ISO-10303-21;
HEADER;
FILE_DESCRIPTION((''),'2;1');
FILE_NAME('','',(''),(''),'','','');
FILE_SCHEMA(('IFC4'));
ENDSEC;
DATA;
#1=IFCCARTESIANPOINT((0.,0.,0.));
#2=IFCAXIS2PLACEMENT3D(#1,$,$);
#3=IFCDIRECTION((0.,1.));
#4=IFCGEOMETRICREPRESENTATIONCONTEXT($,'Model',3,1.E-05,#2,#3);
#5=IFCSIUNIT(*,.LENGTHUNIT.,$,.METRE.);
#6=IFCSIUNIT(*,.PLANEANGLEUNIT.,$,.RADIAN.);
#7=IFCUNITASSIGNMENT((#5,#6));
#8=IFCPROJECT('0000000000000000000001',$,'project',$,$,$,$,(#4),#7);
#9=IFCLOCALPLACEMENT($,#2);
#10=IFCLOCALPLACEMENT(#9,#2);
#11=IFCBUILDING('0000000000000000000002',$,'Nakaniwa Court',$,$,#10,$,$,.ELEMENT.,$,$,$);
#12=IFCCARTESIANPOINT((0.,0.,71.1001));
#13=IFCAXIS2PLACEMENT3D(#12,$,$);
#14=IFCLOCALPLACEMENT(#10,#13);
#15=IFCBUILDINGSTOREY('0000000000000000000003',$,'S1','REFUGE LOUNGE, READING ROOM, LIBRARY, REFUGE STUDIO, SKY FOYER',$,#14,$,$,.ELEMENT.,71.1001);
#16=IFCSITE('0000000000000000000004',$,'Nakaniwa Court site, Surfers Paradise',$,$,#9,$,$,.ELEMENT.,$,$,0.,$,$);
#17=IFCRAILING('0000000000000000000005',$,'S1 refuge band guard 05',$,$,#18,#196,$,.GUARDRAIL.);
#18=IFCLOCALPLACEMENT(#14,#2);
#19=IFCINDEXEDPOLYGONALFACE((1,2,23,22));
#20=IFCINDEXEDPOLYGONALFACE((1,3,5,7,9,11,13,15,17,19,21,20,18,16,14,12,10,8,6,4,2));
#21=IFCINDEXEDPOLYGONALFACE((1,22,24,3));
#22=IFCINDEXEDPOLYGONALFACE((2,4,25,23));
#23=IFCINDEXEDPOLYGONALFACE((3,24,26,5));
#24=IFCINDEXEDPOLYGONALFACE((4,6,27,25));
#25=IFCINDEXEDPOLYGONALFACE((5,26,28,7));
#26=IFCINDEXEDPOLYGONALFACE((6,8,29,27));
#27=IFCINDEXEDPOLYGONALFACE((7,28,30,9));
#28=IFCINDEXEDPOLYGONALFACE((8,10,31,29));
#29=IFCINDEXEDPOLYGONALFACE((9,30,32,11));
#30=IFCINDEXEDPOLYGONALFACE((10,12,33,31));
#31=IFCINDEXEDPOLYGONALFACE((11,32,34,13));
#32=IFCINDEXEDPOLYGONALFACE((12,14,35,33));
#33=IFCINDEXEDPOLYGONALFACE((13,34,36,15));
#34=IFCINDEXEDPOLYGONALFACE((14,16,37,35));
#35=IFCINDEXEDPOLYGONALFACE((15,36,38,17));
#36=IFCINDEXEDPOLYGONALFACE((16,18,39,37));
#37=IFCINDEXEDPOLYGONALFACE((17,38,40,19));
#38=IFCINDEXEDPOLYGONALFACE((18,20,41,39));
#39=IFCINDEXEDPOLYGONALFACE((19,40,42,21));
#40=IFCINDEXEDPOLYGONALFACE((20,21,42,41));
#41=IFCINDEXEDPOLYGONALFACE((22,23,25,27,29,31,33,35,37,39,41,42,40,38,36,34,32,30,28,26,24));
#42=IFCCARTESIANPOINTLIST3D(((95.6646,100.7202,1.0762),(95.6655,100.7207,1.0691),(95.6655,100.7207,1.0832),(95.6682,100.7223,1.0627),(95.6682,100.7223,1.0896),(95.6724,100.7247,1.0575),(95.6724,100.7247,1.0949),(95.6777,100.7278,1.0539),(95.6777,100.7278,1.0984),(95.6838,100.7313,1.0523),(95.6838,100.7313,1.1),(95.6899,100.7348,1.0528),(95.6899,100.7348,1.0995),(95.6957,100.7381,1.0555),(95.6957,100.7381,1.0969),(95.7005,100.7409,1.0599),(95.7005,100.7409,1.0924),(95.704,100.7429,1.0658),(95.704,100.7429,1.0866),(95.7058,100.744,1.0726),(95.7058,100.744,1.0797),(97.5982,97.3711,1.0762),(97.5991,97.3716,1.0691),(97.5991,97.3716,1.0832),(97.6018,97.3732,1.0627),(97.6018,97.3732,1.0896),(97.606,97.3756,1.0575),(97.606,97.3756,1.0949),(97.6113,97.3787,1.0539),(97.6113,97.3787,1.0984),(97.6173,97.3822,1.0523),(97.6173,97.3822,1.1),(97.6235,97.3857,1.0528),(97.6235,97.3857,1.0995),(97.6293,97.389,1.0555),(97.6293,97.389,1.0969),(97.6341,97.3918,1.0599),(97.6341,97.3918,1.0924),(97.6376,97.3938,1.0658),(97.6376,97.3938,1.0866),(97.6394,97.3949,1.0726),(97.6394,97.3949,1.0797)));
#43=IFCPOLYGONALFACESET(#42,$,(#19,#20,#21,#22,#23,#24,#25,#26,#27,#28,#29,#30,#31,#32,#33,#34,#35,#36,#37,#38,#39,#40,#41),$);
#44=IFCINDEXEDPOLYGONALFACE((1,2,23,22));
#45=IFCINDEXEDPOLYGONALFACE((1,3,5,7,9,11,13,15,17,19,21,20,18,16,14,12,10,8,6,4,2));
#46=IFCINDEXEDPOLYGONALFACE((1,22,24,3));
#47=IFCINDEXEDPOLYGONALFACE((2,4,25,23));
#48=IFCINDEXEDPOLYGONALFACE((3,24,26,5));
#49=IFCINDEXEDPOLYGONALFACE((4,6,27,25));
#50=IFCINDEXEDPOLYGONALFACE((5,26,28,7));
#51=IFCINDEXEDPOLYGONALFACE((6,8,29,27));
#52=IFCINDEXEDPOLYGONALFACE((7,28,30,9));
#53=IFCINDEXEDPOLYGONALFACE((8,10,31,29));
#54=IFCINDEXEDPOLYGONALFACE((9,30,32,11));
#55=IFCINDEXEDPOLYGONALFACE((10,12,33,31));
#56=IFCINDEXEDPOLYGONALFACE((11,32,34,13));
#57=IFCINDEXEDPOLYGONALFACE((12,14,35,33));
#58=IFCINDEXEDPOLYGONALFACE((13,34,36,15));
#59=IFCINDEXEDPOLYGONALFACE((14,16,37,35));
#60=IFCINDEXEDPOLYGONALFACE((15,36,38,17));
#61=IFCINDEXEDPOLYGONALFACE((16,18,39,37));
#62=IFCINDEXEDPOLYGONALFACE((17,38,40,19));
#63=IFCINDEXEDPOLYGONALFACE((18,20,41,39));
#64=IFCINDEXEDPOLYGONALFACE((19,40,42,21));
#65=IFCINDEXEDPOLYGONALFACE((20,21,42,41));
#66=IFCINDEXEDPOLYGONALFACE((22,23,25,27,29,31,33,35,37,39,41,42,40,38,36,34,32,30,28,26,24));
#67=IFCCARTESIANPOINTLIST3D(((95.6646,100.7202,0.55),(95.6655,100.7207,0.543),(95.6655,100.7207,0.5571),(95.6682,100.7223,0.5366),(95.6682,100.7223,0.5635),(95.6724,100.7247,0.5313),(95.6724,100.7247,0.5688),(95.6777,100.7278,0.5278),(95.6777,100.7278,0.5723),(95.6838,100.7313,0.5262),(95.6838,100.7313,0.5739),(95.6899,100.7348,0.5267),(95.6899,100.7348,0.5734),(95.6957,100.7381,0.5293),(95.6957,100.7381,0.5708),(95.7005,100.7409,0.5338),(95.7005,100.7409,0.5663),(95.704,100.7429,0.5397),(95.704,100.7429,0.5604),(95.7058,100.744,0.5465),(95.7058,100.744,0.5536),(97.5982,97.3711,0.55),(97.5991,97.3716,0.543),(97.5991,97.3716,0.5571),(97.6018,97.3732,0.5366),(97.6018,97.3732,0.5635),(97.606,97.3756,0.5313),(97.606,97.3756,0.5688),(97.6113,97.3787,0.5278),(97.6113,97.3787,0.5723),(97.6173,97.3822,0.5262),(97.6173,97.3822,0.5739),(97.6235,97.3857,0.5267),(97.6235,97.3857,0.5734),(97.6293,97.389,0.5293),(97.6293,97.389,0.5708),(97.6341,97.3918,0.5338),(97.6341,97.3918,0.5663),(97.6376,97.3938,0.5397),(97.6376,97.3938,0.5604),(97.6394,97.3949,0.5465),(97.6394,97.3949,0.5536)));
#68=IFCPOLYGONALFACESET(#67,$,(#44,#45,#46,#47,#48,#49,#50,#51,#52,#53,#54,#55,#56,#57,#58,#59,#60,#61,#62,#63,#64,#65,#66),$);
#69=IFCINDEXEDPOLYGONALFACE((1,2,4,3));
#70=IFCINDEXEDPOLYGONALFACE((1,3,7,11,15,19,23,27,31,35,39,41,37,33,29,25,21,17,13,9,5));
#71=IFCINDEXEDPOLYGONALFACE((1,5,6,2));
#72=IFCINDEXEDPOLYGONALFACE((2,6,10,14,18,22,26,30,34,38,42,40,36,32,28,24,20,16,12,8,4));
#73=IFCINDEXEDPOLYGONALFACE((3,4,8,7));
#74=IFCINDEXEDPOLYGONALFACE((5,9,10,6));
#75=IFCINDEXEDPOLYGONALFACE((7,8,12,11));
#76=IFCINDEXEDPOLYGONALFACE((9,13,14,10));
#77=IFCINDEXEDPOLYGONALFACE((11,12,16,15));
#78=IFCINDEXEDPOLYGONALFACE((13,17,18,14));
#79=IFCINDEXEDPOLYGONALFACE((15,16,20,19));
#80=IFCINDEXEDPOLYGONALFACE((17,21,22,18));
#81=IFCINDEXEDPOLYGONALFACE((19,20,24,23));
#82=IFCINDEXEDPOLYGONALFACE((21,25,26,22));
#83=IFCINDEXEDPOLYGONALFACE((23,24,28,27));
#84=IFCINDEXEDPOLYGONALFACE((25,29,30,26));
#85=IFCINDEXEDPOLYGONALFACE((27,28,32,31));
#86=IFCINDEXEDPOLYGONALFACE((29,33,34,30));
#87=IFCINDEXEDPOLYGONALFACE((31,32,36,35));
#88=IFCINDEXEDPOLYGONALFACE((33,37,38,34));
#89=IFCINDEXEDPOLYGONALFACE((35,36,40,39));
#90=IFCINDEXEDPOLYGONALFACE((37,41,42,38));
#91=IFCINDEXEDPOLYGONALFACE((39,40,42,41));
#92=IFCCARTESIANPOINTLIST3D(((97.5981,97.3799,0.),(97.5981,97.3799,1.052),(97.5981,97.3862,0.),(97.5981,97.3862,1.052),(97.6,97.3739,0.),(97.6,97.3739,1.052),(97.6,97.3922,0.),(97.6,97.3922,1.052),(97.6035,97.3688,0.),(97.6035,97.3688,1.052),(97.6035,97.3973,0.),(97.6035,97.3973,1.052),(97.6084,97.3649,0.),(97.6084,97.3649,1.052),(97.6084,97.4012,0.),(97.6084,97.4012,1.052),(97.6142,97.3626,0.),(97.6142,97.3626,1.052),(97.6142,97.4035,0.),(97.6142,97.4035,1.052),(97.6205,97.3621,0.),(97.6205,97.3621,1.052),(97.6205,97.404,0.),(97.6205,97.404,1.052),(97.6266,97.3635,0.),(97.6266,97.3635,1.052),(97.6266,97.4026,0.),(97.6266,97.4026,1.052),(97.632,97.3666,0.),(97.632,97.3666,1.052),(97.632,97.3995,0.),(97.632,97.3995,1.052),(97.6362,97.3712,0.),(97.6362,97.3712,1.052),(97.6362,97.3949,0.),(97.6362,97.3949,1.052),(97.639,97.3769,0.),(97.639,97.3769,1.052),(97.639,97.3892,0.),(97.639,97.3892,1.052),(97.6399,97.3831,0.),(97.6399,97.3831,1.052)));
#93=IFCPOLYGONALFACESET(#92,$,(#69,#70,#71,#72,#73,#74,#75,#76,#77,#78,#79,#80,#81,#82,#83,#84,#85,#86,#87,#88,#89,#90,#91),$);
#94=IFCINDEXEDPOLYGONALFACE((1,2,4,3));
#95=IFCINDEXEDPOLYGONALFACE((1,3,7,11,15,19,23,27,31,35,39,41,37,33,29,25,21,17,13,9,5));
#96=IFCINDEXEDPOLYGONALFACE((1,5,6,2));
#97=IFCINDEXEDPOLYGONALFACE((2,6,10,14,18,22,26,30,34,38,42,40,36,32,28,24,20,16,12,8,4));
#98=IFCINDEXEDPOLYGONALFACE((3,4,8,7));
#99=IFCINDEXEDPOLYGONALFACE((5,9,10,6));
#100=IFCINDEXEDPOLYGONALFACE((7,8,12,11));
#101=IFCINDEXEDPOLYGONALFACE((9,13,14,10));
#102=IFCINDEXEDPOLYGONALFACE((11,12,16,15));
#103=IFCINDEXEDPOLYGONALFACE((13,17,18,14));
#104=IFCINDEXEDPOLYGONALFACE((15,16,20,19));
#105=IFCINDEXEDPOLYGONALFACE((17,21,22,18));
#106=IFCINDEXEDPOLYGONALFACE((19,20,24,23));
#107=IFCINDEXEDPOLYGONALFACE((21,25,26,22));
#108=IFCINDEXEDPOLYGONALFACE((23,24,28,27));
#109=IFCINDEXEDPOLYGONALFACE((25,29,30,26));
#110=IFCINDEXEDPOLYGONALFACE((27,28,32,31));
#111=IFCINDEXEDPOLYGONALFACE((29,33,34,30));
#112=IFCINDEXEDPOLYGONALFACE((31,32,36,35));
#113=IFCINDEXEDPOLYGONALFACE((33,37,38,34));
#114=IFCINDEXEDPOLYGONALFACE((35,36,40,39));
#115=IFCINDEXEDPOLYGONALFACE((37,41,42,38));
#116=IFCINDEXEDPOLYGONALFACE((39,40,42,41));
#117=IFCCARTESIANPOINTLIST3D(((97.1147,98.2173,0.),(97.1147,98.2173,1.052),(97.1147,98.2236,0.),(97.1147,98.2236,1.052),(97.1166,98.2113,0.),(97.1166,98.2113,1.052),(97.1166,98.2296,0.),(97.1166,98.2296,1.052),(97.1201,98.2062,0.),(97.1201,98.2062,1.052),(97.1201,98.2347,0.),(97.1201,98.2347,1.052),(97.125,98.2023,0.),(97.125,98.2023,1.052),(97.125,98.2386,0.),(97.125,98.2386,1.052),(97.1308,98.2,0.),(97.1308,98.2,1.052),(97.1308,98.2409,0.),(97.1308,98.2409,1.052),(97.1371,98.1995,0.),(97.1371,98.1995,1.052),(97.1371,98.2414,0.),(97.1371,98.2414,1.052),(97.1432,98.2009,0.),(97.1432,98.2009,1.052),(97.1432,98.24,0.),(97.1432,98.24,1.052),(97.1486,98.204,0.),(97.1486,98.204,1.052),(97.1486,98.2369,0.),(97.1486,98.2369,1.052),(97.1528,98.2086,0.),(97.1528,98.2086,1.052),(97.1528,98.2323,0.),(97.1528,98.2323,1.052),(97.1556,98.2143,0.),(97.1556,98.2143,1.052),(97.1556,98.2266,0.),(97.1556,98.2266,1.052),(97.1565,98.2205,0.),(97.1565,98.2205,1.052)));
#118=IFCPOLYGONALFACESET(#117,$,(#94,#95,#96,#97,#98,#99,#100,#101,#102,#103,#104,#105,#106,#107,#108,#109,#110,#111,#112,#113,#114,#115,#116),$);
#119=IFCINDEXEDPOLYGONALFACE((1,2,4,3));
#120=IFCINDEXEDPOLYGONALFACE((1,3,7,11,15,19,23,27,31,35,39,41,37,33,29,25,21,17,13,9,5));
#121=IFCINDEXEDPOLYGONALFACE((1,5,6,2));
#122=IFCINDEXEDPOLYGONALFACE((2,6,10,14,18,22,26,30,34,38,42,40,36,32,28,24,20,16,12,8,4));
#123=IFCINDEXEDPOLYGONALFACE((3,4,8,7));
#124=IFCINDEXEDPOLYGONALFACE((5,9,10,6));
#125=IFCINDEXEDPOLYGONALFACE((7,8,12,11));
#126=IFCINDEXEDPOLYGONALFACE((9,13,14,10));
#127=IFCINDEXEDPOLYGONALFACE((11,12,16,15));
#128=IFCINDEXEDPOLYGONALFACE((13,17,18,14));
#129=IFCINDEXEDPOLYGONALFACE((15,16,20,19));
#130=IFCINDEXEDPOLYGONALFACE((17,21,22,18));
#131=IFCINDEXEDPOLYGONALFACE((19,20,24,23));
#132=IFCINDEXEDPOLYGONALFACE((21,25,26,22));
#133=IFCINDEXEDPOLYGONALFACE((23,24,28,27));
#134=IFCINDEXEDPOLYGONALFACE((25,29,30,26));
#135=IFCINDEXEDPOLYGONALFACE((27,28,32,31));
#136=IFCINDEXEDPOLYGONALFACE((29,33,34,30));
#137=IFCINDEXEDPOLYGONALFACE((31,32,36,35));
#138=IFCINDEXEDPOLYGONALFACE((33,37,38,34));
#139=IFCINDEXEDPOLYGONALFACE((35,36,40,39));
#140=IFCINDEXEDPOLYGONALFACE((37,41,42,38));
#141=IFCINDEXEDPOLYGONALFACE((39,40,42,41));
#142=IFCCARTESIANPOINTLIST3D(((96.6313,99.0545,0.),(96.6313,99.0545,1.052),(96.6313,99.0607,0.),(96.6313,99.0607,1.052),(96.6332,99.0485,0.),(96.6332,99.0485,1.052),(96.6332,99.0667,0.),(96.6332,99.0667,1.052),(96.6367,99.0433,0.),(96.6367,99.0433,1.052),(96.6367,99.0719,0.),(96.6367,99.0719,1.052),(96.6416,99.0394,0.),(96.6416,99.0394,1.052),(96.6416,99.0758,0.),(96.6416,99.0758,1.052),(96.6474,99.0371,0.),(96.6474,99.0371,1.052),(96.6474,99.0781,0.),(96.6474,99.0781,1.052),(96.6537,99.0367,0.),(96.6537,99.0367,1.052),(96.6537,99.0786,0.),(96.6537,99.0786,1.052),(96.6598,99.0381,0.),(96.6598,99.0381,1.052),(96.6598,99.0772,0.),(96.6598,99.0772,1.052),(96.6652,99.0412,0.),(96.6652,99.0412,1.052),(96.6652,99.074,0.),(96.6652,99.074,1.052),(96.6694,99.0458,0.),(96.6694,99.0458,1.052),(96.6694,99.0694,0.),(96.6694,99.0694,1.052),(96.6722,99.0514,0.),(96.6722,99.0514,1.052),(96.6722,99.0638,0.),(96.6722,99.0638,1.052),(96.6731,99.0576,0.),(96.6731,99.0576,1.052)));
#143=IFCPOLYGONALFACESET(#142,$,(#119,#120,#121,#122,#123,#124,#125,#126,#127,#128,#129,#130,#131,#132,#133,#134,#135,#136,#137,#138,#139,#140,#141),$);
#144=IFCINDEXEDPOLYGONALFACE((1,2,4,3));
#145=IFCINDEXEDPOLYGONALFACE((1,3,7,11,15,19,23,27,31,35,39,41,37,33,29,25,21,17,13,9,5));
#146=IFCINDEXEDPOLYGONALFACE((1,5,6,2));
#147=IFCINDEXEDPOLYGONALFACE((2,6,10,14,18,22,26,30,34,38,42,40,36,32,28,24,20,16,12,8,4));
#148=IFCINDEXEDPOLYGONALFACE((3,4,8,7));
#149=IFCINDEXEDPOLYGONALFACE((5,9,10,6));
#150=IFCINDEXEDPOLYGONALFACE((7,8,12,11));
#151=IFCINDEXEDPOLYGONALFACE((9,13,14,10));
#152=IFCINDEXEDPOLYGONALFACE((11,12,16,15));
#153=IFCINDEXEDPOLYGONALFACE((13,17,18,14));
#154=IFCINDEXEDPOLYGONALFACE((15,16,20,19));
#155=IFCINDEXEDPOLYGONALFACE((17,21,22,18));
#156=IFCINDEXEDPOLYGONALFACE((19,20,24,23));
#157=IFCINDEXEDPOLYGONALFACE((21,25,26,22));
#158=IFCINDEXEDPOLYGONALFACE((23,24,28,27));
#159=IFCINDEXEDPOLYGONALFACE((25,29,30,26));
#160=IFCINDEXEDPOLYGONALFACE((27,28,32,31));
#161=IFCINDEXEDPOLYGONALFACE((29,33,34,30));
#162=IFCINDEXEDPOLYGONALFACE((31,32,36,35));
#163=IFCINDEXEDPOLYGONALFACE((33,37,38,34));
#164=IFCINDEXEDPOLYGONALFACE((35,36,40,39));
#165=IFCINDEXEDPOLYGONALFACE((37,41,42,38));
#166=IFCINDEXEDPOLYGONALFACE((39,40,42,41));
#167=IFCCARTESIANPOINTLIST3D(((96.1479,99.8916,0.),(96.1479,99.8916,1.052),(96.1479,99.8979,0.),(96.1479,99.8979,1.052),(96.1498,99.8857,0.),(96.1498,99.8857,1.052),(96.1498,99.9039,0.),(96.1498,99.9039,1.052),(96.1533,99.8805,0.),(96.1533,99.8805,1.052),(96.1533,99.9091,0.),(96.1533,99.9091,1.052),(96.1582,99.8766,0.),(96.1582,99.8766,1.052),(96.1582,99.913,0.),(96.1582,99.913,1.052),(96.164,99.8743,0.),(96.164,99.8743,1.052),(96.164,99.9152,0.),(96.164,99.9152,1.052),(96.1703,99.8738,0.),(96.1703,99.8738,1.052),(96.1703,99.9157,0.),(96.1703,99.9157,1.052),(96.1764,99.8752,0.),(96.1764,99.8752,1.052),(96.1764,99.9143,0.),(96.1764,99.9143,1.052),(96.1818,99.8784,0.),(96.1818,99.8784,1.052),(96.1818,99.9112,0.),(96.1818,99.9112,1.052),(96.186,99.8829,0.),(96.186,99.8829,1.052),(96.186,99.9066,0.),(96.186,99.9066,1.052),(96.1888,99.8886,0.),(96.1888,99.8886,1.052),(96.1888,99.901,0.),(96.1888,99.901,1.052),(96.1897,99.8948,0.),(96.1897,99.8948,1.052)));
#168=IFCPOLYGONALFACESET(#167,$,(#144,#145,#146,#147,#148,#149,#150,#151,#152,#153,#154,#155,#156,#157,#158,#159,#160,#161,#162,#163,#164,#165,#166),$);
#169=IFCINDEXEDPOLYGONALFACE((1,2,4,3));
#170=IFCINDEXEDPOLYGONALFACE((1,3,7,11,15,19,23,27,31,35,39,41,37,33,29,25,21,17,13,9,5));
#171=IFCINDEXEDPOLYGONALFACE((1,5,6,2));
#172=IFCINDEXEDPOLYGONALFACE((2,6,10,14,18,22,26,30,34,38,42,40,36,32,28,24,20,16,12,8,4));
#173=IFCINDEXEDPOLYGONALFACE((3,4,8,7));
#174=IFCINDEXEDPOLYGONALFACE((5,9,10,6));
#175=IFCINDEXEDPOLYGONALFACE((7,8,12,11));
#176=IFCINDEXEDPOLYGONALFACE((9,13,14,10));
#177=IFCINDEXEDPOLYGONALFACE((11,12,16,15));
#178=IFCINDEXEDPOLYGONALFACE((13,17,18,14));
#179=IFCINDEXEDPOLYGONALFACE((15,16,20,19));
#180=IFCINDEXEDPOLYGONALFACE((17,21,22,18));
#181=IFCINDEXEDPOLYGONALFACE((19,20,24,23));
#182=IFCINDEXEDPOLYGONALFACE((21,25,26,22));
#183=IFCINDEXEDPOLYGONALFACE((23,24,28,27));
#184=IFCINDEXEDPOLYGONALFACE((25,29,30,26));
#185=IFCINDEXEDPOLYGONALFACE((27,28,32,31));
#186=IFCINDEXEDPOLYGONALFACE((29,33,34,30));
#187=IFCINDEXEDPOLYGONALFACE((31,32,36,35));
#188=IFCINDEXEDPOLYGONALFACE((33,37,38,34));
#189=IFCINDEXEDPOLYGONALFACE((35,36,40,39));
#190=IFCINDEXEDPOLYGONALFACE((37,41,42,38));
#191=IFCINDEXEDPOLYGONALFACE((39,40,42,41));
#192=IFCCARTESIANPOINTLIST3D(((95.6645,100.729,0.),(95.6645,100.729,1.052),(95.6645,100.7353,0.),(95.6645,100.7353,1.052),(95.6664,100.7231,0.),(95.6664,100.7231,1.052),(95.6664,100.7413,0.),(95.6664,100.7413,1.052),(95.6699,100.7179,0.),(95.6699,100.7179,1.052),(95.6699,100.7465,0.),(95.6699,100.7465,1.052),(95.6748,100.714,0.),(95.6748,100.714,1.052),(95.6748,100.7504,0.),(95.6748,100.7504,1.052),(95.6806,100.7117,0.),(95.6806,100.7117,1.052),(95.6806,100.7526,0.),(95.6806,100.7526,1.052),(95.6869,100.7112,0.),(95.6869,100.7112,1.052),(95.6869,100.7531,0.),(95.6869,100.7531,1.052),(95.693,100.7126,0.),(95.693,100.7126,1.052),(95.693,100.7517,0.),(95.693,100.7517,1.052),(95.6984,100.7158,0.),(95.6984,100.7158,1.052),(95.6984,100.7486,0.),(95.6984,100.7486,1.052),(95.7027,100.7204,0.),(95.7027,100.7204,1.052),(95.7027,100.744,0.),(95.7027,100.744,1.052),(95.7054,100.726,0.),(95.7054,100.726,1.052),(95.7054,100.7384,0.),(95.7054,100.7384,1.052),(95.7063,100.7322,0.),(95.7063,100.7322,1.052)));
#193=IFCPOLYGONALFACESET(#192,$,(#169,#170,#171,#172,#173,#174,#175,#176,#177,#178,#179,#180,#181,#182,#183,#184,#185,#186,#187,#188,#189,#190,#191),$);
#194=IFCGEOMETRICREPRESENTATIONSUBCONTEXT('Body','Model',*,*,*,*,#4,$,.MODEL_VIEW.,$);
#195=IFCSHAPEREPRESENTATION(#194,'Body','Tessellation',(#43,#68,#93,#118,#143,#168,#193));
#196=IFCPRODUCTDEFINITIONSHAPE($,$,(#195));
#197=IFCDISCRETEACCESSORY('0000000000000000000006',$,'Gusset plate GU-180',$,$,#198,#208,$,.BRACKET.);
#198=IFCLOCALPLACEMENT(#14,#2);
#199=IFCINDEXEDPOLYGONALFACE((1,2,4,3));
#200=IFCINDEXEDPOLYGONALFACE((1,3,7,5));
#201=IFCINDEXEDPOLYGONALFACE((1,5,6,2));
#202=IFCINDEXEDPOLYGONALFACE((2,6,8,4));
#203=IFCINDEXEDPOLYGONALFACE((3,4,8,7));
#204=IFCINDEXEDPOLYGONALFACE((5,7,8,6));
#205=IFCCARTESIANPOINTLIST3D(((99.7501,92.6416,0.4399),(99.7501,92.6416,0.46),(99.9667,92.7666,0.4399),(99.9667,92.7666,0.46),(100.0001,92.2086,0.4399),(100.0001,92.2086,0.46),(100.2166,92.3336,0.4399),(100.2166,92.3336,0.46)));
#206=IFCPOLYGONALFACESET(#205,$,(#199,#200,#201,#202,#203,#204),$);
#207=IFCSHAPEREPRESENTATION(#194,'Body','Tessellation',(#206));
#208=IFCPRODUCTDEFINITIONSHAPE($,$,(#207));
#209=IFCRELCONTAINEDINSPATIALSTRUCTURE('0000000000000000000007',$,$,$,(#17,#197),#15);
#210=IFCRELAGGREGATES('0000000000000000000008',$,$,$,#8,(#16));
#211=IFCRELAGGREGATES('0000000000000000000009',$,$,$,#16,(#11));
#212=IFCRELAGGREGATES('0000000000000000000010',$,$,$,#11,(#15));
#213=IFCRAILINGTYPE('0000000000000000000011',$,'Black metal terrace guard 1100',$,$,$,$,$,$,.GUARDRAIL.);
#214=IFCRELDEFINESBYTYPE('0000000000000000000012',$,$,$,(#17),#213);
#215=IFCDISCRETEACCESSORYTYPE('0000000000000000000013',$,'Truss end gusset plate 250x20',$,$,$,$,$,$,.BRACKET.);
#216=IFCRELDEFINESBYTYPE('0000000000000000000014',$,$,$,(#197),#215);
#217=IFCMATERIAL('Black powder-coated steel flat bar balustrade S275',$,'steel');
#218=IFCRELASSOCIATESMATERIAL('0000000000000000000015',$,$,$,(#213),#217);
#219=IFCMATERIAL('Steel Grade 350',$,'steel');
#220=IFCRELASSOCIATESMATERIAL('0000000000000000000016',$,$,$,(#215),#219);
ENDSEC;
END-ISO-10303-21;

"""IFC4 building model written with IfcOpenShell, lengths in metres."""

from ifc_helpers import new_model, si_unit, direction, frame, origin, origin_2d, place, context, subcontext, project, spatial, rectangle, circle, extrude, material, material_profile, profile_set, type_object, element, save


model = new_model("IFC4")

# Units and contexts
model_context = context("Model", 3, precision=1e-05, world=origin(), true_north=direction((0.0, 1.0)))
body_context = subcontext(model_context, "Body", "Model", "MODEL_VIEW")
ifc_project = project(units=[si_unit("LENGTHUNIT", "METRE"), si_unit("PLANEANGLEUNIT", "RADIAN")], contexts=[model_context])

# Site, building, storey
site_placement = place(None, origin())
site = spatial("IfcSite", under=ifc_project, at=site_placement, Name="Nakaniwa Court site, Surfers Paradise", CompositionType="ELEMENT", RefElevation=0.0)
building_placement = place(site_placement, origin())
building = spatial("IfcBuilding", under=site, at=building_placement, Name="Nakaniwa Court", CompositionType="ELEMENT")
storey_placement = place(building_placement, frame((0.0, 0.0, 71.1001)))
storey = spatial("IfcBuildingStorey", under=building, at=storey_placement, Name="S1", Description="REFUGE LOUNGE, READING ROOM, LIBRARY, REFUGE STUDIO, SKY FOYER", CompositionType="ELEMENT", Elevation=71.1001)

# Shared definitions
ifc_material_1 = material(Name="Steel Grade 350", Category="steel")

# Railing
ifc_material_2 = material(Name="Black powder-coated steel flat bar balustrade S275", Category="steel")
railing_type = type_object("IfcRailingType", Name="Black metal terrace guard 1100", PredefinedType="GUARDRAIL", material=ifc_material_2)
railing_1_placement = place(storey_placement, frame((97.6189, 97.3831, 0.0)))
element("IfcRailing", 1, at=railing_1_placement, inside=storey, type_object=railing_type, Name="S1 refuge band guard 05", PredefinedType="GUARDRAIL", context=body_context, shape_type="SweptSolid", body=[
    extrude(circle(Radius=0.0239, at=origin_2d()), frame((0.0, 0.0, 1.0762), z_axis=(-0.499996, 0.866028, 0.0), x_axis=(-0.866028, -0.499996, 0.0)), (0.0, 0.0, 1.0), 3.8672),
    extrude(circle(Radius=0.0239, at=origin_2d()), frame((0.0, 0.0, 0.55), z_axis=(-0.499996, 0.866028, 0.0), x_axis=(-0.866028, -0.499996, 0.0)), (0.0, 0.0, 1.0), 3.8672),
    extrude(circle(Radius=0.021, at=origin_2d()), origin(), (0.0, 0.0, 1.0), 1.052),
    extrude(circle(Radius=0.021, at=origin_2d()), frame((-0.4834, 0.8374, 0.0)), (0.0, 0.0, 1.0), 1.052),
    extrude(circle(Radius=0.021, at=origin_2d()), frame((-0.9668, 1.6746, 0.0)), (0.0, 0.0, 1.0), 1.052),
    extrude(circle(Radius=0.021, at=origin_2d()), frame((-1.4502, 2.5117, 0.0)), (0.0, 0.0, 1.0), 1.052),
    extrude(circle(Radius=0.021, at=origin_2d()), frame((-1.9336, 3.3491, 0.0)), (0.0, 0.0, 1.0), 1.052),
])

# Discrete accessory
ifc_material_profile_1 = material_profile(ifc_material_1, rectangle(XDim=0.25, YDim=0.02, at=origin_2d()), Name="Truss end gusset plate 250x20")
ifc_profile_set_1 = profile_set([ifc_material_profile_1], Name="Steel Grade 350")
discrete_accessory_type = type_object("IfcDiscreteAccessoryType", Name="Truss end gusset plate 250x20", PredefinedType="BRACKET", material=ifc_profile_set_1)
discrete_accessory_1_placement = place(storey_placement, frame((99.8584, 92.7041, 0.45), z_axis=(0.49992, -0.866072, 0.0), x_axis=(0.866072, 0.49992, 0.0)))
element("IfcDiscreteAccessory", 2, at=discrete_accessory_1_placement, inside=storey, type_object=discrete_accessory_type, Name="Gusset plate GU-180", PredefinedType="BRACKET", context=body_context, shape_type="SweptSolid", body=[
    extrude(rectangle(XDim=0.25, YDim=0.02, at=origin_2d()), origin(), (0.0, 0.0, 1.0), 0.5),
])

save(model, "model.ifc")
